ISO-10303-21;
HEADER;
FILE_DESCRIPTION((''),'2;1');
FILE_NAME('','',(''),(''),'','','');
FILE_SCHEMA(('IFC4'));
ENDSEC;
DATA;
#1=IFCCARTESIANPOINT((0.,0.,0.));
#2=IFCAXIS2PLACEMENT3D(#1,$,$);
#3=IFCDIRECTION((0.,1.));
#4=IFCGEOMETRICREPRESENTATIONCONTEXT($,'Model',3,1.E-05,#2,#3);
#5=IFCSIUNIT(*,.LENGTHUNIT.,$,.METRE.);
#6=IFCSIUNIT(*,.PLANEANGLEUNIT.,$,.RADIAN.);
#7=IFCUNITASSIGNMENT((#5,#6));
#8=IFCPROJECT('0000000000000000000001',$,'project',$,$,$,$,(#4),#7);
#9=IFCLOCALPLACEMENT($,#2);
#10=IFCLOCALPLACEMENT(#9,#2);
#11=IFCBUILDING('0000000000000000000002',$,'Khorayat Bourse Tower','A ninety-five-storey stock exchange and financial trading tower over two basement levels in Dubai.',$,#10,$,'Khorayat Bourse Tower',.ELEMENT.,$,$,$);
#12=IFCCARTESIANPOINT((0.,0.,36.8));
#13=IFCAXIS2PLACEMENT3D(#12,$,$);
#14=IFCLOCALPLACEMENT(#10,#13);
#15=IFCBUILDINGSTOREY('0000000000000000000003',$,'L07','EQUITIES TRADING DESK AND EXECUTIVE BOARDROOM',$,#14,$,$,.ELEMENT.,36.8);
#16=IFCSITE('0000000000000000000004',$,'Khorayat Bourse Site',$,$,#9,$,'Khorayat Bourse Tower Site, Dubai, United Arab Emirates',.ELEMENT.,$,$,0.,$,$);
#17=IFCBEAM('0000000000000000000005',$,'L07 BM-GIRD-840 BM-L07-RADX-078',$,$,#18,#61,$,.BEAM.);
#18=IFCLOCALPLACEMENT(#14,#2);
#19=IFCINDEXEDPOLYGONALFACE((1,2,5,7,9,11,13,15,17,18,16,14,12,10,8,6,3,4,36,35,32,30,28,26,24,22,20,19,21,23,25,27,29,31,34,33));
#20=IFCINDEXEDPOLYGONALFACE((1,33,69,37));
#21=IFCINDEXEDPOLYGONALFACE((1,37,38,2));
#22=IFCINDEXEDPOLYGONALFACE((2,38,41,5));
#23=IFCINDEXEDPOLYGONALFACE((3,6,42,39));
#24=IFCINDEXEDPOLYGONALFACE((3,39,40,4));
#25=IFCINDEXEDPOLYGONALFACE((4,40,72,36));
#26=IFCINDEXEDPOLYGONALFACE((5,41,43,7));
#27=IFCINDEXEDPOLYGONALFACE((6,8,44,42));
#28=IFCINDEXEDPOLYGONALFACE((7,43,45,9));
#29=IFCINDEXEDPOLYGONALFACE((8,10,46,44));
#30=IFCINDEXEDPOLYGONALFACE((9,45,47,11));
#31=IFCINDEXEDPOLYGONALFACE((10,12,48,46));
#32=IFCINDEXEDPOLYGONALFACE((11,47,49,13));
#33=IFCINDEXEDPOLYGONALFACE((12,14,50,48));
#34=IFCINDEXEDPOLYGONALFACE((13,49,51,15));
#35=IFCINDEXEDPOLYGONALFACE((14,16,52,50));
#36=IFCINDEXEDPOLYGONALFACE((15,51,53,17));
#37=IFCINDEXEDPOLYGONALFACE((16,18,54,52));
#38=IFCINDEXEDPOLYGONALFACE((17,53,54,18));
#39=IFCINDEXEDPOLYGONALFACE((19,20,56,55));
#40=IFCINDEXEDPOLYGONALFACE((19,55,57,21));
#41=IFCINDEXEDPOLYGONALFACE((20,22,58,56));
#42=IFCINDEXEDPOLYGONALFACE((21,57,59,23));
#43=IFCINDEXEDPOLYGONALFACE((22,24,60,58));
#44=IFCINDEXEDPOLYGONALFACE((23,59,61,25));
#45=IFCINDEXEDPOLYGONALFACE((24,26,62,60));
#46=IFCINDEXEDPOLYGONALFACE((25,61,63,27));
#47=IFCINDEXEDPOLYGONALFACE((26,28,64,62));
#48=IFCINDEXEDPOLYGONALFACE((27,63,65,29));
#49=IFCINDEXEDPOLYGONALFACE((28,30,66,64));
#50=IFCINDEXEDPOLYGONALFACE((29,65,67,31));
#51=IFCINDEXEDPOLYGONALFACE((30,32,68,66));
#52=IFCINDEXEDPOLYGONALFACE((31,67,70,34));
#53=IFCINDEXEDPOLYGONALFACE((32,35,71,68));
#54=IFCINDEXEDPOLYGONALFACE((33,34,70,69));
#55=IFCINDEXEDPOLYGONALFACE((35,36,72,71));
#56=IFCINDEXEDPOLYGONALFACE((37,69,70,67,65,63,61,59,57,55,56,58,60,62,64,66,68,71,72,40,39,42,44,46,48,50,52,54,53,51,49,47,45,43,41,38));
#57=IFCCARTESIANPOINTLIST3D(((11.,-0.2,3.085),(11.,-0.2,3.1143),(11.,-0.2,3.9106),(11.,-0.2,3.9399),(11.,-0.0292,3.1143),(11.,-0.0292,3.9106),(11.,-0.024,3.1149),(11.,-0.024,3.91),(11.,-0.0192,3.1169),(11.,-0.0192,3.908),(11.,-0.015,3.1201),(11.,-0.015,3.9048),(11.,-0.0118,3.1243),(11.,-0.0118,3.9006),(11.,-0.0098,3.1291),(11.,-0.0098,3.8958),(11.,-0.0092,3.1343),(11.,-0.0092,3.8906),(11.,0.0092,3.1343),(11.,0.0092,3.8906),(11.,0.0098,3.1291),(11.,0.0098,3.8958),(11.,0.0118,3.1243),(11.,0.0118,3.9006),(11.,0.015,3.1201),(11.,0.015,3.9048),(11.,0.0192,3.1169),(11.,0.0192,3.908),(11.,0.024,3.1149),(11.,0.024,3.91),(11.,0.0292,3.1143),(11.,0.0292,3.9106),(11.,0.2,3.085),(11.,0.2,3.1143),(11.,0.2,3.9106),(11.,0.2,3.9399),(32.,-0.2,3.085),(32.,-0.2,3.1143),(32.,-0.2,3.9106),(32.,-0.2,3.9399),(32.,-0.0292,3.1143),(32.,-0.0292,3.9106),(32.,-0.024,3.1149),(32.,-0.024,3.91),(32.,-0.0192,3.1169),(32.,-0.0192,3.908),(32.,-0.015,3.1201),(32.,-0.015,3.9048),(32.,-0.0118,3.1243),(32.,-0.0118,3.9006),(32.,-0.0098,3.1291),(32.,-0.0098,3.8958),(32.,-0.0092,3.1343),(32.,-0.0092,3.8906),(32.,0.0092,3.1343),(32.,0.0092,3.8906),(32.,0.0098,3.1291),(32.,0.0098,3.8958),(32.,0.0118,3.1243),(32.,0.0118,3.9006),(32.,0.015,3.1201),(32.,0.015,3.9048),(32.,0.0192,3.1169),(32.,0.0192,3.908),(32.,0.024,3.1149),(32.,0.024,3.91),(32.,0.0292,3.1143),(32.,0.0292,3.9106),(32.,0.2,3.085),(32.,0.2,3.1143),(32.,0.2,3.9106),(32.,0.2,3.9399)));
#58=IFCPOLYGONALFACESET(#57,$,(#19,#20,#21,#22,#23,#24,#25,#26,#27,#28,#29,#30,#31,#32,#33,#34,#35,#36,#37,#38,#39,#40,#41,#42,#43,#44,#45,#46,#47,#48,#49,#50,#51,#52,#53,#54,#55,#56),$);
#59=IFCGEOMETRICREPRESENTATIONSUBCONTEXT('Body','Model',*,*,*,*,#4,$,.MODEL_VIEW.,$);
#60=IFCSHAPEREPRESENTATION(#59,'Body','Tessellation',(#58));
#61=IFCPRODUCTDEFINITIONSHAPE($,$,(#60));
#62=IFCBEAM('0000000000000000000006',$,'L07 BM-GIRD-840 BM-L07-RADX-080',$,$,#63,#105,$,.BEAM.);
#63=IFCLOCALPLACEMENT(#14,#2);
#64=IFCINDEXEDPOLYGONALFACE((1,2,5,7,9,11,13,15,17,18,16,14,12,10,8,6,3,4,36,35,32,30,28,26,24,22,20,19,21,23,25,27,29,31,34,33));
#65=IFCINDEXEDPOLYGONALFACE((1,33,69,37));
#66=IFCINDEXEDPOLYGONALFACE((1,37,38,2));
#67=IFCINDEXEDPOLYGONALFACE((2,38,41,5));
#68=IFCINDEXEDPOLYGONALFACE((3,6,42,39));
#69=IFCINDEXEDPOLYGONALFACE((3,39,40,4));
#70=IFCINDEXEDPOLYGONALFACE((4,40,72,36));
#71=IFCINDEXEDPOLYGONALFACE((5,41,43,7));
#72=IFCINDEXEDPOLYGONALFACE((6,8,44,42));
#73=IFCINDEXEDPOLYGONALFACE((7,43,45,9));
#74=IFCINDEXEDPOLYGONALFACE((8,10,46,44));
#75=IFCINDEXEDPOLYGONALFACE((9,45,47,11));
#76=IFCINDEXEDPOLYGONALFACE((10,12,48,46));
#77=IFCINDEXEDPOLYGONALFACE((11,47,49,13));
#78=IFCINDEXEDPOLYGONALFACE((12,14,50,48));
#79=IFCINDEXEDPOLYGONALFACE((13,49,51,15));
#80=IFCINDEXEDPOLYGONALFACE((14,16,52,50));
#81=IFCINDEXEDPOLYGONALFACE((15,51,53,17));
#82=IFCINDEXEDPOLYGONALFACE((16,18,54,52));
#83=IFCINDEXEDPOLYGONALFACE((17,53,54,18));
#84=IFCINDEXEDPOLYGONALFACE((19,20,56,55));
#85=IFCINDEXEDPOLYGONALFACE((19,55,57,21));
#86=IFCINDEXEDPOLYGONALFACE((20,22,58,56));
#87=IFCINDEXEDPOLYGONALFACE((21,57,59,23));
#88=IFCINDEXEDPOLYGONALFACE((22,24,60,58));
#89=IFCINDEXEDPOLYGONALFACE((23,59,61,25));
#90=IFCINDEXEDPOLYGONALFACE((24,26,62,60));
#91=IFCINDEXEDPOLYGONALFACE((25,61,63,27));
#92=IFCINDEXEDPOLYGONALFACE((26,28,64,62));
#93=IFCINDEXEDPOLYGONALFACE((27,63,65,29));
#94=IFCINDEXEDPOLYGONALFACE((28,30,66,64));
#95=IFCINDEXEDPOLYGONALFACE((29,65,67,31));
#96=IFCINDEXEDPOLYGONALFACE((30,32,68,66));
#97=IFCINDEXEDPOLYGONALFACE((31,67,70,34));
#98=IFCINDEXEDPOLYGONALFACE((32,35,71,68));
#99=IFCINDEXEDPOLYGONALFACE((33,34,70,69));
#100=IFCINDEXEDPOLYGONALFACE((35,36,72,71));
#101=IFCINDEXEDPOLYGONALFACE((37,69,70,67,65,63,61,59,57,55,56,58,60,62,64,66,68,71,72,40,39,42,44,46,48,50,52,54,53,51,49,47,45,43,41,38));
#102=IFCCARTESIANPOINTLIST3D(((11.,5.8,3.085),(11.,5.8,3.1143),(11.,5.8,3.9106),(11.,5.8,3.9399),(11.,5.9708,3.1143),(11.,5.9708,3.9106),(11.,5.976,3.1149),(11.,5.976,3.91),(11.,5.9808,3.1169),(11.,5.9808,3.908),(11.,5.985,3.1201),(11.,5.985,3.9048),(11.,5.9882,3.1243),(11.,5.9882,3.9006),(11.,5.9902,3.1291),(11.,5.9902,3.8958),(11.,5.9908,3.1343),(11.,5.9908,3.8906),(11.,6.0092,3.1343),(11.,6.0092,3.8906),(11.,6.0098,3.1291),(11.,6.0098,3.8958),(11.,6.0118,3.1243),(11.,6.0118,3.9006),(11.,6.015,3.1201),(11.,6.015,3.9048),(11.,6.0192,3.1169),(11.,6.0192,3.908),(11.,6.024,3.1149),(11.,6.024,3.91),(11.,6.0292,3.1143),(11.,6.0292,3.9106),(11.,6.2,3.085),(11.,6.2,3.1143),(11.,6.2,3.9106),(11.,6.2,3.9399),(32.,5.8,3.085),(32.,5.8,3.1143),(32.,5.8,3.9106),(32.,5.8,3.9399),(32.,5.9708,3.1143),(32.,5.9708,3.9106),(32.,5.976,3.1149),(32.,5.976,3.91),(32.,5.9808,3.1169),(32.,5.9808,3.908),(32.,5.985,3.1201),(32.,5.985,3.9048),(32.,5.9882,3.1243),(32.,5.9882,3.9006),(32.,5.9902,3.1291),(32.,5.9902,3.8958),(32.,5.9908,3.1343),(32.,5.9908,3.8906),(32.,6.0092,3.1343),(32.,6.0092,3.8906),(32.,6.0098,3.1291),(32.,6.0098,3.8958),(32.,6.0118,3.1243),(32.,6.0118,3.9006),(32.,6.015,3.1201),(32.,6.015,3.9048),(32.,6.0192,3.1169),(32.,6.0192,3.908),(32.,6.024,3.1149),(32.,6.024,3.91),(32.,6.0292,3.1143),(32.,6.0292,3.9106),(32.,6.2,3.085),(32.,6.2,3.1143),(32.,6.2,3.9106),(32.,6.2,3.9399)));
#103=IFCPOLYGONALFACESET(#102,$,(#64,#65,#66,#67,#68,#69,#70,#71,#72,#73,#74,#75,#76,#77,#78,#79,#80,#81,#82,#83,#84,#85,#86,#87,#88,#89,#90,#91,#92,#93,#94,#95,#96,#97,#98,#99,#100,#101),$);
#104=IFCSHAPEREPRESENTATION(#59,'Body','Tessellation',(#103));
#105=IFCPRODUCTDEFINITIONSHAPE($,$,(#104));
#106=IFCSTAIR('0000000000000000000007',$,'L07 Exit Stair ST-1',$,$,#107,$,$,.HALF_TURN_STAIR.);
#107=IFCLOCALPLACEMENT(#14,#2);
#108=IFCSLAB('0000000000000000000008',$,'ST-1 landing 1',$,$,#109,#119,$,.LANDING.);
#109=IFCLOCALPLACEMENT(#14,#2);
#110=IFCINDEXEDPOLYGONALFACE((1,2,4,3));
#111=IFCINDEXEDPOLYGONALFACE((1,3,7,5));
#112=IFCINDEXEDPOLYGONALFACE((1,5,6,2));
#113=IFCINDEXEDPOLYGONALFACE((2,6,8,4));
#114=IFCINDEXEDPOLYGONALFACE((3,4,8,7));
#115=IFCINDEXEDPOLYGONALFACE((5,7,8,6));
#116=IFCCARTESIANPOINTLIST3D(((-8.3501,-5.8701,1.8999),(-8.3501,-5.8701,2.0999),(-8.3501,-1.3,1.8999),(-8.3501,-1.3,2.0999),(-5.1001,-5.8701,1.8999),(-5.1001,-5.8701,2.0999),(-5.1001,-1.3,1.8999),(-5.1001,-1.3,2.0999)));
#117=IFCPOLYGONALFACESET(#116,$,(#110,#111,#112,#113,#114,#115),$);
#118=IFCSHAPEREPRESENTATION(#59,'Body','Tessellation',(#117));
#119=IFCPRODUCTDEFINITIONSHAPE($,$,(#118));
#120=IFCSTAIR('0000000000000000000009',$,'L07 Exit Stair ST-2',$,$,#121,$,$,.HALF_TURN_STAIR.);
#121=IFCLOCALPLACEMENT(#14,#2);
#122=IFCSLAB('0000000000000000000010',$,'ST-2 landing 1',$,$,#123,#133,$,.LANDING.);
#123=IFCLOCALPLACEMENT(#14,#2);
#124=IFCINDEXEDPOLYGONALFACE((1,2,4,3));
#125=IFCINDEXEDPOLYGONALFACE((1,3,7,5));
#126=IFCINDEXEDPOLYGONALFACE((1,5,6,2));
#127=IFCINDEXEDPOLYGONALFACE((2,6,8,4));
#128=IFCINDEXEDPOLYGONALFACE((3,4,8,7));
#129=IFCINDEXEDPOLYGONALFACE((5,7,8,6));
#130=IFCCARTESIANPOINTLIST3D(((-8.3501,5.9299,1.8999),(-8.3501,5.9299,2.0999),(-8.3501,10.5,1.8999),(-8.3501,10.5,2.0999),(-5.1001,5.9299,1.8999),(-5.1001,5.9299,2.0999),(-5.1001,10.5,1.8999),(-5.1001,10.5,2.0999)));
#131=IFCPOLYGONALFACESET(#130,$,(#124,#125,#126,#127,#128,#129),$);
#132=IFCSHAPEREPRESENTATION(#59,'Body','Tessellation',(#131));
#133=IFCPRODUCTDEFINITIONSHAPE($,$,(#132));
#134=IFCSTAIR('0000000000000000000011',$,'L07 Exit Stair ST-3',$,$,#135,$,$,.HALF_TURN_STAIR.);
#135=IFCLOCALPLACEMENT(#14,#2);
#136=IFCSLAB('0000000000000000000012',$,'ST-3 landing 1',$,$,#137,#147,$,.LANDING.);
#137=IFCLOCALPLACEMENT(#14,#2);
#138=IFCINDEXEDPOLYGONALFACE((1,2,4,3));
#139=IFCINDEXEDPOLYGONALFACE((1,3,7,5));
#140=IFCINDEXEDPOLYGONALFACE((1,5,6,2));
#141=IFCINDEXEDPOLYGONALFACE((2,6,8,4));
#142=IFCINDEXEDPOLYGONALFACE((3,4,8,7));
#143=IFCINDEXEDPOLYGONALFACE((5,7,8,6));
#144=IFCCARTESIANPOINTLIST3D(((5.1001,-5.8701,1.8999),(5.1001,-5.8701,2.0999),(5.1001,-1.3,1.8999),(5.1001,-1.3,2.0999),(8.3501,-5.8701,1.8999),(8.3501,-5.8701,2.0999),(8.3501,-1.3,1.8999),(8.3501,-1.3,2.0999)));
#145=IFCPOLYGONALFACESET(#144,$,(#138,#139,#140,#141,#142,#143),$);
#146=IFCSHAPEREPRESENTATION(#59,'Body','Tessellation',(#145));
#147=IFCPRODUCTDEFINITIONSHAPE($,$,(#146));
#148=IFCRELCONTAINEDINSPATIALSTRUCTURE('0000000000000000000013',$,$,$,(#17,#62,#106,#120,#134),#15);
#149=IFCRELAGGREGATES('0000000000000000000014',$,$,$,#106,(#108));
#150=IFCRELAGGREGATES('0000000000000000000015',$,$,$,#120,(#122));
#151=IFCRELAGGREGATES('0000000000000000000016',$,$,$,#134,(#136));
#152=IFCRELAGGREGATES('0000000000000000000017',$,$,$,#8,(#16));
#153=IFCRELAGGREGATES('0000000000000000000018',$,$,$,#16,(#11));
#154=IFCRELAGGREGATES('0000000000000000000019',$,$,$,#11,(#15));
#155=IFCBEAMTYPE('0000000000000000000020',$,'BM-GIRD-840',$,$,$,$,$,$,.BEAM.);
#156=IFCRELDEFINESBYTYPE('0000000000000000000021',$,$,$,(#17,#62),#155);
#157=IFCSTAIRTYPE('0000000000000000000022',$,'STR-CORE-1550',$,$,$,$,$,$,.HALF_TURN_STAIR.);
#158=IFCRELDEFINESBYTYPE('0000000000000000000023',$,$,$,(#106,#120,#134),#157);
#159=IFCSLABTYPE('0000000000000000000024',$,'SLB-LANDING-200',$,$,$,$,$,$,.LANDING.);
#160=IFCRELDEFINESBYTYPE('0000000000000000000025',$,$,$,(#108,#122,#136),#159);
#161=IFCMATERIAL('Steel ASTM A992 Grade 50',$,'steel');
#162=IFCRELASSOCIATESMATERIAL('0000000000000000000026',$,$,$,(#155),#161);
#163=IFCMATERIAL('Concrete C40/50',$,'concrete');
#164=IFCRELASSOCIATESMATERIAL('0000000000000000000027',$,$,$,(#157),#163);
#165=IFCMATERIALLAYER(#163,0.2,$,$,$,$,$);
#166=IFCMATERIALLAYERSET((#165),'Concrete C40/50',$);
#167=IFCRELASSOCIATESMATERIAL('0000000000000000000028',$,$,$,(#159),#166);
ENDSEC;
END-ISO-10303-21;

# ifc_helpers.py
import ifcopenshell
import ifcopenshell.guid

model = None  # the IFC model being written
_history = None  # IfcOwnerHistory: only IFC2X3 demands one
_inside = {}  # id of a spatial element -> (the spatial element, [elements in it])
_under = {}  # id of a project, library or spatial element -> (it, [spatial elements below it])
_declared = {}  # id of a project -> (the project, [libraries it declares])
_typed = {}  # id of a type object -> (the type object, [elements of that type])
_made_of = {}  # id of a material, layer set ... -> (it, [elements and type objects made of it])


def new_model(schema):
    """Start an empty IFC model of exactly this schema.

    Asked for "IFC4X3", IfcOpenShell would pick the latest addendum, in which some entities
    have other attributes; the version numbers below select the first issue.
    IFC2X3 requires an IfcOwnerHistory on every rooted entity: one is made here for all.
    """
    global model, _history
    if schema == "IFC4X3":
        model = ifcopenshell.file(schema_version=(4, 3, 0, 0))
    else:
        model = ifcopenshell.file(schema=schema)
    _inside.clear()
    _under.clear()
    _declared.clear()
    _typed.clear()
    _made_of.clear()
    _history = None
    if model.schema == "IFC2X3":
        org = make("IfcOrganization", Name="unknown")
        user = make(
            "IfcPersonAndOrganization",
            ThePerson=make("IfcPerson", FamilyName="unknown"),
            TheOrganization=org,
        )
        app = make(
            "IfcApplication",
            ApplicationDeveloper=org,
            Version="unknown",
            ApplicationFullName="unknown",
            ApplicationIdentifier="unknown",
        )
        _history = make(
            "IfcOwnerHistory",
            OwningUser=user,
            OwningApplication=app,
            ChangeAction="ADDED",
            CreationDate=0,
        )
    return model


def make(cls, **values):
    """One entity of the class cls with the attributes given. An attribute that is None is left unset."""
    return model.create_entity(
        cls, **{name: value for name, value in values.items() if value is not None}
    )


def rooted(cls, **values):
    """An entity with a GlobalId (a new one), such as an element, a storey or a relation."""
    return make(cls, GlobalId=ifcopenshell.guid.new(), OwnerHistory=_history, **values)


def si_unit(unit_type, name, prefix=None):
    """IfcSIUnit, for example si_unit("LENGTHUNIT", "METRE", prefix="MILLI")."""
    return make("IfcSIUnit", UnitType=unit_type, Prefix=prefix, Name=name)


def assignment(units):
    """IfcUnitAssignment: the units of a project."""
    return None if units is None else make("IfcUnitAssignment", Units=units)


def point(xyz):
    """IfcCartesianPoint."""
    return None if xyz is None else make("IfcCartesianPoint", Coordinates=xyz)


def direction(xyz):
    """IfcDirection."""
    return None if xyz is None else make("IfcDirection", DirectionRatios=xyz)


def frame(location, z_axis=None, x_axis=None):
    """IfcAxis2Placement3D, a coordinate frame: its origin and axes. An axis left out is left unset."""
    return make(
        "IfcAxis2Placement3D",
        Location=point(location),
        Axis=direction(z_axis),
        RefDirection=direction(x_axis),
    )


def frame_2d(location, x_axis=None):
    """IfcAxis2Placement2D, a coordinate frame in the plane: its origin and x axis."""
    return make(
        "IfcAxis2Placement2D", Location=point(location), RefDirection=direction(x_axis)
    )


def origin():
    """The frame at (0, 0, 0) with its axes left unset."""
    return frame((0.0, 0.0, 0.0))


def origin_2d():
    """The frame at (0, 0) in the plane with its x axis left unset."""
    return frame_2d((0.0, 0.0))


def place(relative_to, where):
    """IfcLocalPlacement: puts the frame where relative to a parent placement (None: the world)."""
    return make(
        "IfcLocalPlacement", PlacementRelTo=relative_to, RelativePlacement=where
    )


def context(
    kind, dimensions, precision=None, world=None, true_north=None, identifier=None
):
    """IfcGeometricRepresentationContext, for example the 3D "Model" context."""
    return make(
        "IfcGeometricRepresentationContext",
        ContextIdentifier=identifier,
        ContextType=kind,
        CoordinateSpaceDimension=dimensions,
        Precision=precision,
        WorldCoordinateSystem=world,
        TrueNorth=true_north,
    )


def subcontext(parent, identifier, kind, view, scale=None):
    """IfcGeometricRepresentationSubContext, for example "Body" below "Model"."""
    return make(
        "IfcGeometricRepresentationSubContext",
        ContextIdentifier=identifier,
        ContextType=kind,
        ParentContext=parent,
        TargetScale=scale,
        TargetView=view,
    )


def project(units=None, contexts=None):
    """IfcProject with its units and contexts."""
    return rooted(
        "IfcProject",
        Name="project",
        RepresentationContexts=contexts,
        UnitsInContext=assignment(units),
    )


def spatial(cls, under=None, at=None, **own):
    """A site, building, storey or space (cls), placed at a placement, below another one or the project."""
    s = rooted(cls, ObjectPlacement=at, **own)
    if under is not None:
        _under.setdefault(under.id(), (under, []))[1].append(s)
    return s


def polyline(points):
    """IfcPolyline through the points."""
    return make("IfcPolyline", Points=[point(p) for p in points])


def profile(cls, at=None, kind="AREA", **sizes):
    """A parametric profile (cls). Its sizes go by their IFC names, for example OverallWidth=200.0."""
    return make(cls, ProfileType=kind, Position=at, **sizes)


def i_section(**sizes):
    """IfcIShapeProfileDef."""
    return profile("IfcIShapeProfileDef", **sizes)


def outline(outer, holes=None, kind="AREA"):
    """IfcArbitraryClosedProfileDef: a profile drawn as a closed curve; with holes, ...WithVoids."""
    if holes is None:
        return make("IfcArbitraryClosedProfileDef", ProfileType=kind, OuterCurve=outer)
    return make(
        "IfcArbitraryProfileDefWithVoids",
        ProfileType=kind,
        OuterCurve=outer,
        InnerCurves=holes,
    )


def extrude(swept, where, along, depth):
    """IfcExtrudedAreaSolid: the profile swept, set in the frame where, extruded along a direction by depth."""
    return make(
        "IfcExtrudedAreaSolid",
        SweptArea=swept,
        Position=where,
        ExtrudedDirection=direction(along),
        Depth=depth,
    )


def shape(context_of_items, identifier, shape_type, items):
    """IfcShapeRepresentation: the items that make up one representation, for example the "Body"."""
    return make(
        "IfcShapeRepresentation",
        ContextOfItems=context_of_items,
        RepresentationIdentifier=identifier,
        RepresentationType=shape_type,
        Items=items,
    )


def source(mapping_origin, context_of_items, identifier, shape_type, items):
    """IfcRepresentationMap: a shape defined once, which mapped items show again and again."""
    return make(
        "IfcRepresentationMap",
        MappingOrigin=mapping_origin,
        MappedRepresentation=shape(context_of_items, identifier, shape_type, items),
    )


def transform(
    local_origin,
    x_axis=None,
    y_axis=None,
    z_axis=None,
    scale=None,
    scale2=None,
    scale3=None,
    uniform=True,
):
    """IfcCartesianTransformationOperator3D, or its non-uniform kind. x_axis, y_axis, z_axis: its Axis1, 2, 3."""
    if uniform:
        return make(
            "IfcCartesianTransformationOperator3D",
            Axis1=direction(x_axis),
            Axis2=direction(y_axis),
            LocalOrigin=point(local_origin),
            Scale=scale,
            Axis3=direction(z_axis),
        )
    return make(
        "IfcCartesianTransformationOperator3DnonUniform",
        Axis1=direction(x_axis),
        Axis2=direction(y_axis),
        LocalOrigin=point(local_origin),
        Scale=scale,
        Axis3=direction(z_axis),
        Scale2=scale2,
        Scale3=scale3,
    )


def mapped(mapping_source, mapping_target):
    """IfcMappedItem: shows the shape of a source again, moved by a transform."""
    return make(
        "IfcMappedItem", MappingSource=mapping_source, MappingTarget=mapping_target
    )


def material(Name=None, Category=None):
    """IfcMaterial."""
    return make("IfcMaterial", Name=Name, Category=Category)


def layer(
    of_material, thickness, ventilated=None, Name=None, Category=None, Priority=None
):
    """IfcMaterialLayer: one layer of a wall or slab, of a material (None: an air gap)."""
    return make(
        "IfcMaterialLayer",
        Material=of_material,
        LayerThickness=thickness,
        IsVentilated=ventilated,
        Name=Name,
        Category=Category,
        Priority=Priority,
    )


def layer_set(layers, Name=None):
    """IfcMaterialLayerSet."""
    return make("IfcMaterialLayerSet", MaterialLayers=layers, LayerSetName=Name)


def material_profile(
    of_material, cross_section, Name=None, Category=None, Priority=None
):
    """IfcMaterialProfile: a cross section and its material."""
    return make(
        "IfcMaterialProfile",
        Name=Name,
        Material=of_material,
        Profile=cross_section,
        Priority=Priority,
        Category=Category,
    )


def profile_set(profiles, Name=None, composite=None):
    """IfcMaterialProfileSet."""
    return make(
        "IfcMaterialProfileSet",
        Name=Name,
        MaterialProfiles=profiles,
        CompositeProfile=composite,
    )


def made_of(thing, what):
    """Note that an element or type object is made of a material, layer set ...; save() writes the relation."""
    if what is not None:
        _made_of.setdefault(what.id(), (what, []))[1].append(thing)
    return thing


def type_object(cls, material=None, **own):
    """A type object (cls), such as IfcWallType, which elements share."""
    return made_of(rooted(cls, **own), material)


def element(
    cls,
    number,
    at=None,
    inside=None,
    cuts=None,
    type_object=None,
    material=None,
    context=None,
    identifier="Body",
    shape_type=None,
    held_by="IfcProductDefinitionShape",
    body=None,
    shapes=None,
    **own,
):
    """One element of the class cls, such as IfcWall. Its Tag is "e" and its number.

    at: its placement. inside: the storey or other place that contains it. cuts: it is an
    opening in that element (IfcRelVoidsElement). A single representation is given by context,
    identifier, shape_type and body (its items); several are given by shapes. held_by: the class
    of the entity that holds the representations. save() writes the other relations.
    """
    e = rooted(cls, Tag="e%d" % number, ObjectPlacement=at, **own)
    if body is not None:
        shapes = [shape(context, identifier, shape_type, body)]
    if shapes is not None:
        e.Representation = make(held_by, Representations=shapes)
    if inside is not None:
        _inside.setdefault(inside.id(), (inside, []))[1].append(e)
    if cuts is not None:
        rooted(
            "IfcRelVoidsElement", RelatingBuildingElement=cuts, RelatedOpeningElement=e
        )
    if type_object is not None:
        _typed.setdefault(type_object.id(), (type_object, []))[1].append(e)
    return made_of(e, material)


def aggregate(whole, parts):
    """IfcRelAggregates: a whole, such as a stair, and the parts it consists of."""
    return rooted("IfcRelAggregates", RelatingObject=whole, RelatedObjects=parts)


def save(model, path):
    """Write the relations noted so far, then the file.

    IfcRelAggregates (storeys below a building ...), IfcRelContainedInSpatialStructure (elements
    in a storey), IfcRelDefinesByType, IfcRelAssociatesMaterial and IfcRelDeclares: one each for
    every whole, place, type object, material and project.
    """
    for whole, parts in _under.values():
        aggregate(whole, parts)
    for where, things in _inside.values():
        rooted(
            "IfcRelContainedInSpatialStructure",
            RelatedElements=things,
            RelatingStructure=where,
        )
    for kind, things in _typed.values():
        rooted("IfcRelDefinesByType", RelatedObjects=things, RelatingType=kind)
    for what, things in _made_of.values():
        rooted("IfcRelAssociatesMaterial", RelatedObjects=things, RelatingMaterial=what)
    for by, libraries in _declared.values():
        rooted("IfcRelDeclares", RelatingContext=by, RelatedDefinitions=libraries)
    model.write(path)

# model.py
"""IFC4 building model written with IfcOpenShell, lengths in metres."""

from ifc_helpers import new_model, si_unit, direction, frame, origin, origin_2d, place, context, subcontext, project, spatial, polyline, i_section, outline, extrude, source, transform, mapped, material, layer, layer_set, material_profile, profile_set, type_object, element, aggregate, save


model = new_model("IFC4")

# Units and contexts
model_context = context("Model", 3, precision=1e-05, world=origin(), true_north=direction((0.0, 1.0)))
body_context = subcontext(model_context, "Body", "Model", "MODEL_VIEW")
ifc_project = project(units=[si_unit("LENGTHUNIT", "METRE"), si_unit("PLANEANGLEUNIT", "RADIAN")], contexts=[model_context])

# Site, building, storey
site_placement = place(None, origin())
site = spatial("IfcSite", under=ifc_project, at=site_placement, Name="Khorayat Bourse Site", LongName="Khorayat Bourse Tower Site, Dubai, United Arab Emirates", CompositionType="ELEMENT", RefElevation=0.0)
building_placement = place(site_placement, origin())
building = spatial("IfcBuilding", under=site, at=building_placement, Name="Khorayat Bourse Tower", Description="A ninety-five-storey stock exchange and financial trading tower over two basement levels in Dubai.", LongName="Khorayat Bourse Tower", CompositionType="ELEMENT")
storey_placement = place(building_placement, frame((0.0, 0.0, 36.8)))
storey = spatial("IfcBuildingStorey", under=building, at=storey_placement, Name="L07", Description="EQUITIES TRADING DESK AND EXECUTIVE BOARDROOM", CompositionType="ELEMENT", Elevation=36.8)

# Beams
ifc_material_1 = material(Name="Steel ASTM A992 Grade 50", Category="steel")
ifc_material_profile_1 = material_profile(ifc_material_1, i_section(OverallWidth=0.3999, OverallDepth=0.855, WebThickness=0.0183, FlangeThickness=0.0293, FilletRadius=0.02, at=origin_2d()), Name="W840X299")
ifc_profile_set_1 = profile_set([ifc_material_profile_1], Name="Steel ASTM A992 Grade 50")
beam_type_1 = type_object("IfcBeamType", Name="BM-GIRD-840", PredefinedType="BEAM", material=ifc_profile_set_1)
shared_shape_1 = source(origin(), body_context, "Body", "SweptSolid", [
    extrude(i_section(OverallWidth=0.3999, OverallDepth=0.855, WebThickness=0.0183, FlangeThickness=0.0293, FilletRadius=0.02, at=origin_2d()), origin(), (0.0, 0.0, 1.0), 21.0),
])
for number, where, z_axis, x_axis, name in (
    (1, (11.0, 0.0, 3.5125), (1.0, 0.0, 0.0), (0.0, 1.0, 0.0), "L07 BM-GIRD-840 BM-L07-RADX-078"),
    (2, (11.0, 6.0, 3.5125), (1.0, 0.0, 0.0), (0.0, 1.0, 0.0), "L07 BM-GIRD-840 BM-L07-RADX-080"),
):
    element("IfcBeam", number, at=place(storey_placement, frame(where, z_axis=z_axis, x_axis=x_axis)), inside=storey, type_object=beam_type_1, Name=name, PredefinedType="BEAM", context=body_context, shape_type="MappedRepresentation", body=[
        mapped(shared_shape_1, transform((0.0, 0.0, 0.0), scale=1.0)),
    ])

# Stairs, slabs
ifc_material_2 = material(Name="Concrete C40/50", Category="concrete")
stair_type = type_object("IfcStairType", Name="STR-CORE-1550", PredefinedType="HALF_TURN_STAIR", material=ifc_material_2)
stair_1_placement = place(storey_placement, origin())
stair_1 = element("IfcStair", 3, at=stair_1_placement, inside=storey, type_object=stair_type, Name="L07 Exit Stair ST-1", PredefinedType="HALF_TURN_STAIR")
ifc_layer_1 = layer(ifc_material_2, 0.2)
ifc_layer_set_1 = layer_set([ifc_layer_1], Name="Concrete C40/50")
slab_type_1 = type_object("IfcSlabType", Name="SLB-LANDING-200", PredefinedType="LANDING", material=ifc_layer_set_1)
slab_1_placement = place(storey_placement, frame((0.0, 0.0, 1.8999)))
slab_1 = element("IfcSlab", 4, at=slab_1_placement, type_object=slab_type_1, Name="ST-1 landing 1", PredefinedType="LANDING", context=body_context, shape_type="SweptSolid", body=[
    extrude(outline(polyline([(-5.1001, -5.8701), (-5.1001, -1.3), (-8.3501, -1.3), (-8.3501, -5.8701), (-5.1001, -5.8701)])), origin(), (0.0, 0.0, 1.0), 0.2),
])
aggregate(stair_1, [slab_1])
stair_2_placement = place(storey_placement, origin())
stair_2 = element("IfcStair", 5, at=stair_2_placement, inside=storey, type_object=stair_type, Name="L07 Exit Stair ST-2", PredefinedType="HALF_TURN_STAIR")
slab_2_placement = place(storey_placement, frame((0.0, 0.0, 1.8999)))
slab_2 = element("IfcSlab", 6, at=slab_2_placement, type_object=slab_type_1, Name="ST-2 landing 1", PredefinedType="LANDING", context=body_context, shape_type="SweptSolid", body=[
    extrude(outline(polyline([(-5.1001, 5.9299), (-5.1001, 10.5), (-8.3501, 10.5), (-8.3501, 5.9299), (-5.1001, 5.9299)])), origin(), (0.0, 0.0, 1.0), 0.2),
])
aggregate(stair_2, [slab_2])
stair_3_placement = place(storey_placement, origin())
stair_3 = element("IfcStair", 7, at=stair_3_placement, inside=storey, type_object=stair_type, Name="L07 Exit Stair ST-3", PredefinedType="HALF_TURN_STAIR")
slab_3_placement = place(storey_placement, frame((0.0, 0.0, 1.8999)))
slab_3 = element("IfcSlab", 8, at=slab_3_placement, type_object=slab_type_1, Name="ST-3 landing 1", PredefinedType="LANDING", context=body_context, shape_type="SweptSolid", body=[
    extrude(outline(polyline([(8.3501, -5.8701), (8.3501, -1.3), (5.1001, -1.3), (5.1001, -5.8701), (8.3501, -5.8701)])), origin(), (0.0, 0.0, 1.0), 0.2),
])
aggregate(stair_3, [slab_3])

save(model, "model.ifc")
